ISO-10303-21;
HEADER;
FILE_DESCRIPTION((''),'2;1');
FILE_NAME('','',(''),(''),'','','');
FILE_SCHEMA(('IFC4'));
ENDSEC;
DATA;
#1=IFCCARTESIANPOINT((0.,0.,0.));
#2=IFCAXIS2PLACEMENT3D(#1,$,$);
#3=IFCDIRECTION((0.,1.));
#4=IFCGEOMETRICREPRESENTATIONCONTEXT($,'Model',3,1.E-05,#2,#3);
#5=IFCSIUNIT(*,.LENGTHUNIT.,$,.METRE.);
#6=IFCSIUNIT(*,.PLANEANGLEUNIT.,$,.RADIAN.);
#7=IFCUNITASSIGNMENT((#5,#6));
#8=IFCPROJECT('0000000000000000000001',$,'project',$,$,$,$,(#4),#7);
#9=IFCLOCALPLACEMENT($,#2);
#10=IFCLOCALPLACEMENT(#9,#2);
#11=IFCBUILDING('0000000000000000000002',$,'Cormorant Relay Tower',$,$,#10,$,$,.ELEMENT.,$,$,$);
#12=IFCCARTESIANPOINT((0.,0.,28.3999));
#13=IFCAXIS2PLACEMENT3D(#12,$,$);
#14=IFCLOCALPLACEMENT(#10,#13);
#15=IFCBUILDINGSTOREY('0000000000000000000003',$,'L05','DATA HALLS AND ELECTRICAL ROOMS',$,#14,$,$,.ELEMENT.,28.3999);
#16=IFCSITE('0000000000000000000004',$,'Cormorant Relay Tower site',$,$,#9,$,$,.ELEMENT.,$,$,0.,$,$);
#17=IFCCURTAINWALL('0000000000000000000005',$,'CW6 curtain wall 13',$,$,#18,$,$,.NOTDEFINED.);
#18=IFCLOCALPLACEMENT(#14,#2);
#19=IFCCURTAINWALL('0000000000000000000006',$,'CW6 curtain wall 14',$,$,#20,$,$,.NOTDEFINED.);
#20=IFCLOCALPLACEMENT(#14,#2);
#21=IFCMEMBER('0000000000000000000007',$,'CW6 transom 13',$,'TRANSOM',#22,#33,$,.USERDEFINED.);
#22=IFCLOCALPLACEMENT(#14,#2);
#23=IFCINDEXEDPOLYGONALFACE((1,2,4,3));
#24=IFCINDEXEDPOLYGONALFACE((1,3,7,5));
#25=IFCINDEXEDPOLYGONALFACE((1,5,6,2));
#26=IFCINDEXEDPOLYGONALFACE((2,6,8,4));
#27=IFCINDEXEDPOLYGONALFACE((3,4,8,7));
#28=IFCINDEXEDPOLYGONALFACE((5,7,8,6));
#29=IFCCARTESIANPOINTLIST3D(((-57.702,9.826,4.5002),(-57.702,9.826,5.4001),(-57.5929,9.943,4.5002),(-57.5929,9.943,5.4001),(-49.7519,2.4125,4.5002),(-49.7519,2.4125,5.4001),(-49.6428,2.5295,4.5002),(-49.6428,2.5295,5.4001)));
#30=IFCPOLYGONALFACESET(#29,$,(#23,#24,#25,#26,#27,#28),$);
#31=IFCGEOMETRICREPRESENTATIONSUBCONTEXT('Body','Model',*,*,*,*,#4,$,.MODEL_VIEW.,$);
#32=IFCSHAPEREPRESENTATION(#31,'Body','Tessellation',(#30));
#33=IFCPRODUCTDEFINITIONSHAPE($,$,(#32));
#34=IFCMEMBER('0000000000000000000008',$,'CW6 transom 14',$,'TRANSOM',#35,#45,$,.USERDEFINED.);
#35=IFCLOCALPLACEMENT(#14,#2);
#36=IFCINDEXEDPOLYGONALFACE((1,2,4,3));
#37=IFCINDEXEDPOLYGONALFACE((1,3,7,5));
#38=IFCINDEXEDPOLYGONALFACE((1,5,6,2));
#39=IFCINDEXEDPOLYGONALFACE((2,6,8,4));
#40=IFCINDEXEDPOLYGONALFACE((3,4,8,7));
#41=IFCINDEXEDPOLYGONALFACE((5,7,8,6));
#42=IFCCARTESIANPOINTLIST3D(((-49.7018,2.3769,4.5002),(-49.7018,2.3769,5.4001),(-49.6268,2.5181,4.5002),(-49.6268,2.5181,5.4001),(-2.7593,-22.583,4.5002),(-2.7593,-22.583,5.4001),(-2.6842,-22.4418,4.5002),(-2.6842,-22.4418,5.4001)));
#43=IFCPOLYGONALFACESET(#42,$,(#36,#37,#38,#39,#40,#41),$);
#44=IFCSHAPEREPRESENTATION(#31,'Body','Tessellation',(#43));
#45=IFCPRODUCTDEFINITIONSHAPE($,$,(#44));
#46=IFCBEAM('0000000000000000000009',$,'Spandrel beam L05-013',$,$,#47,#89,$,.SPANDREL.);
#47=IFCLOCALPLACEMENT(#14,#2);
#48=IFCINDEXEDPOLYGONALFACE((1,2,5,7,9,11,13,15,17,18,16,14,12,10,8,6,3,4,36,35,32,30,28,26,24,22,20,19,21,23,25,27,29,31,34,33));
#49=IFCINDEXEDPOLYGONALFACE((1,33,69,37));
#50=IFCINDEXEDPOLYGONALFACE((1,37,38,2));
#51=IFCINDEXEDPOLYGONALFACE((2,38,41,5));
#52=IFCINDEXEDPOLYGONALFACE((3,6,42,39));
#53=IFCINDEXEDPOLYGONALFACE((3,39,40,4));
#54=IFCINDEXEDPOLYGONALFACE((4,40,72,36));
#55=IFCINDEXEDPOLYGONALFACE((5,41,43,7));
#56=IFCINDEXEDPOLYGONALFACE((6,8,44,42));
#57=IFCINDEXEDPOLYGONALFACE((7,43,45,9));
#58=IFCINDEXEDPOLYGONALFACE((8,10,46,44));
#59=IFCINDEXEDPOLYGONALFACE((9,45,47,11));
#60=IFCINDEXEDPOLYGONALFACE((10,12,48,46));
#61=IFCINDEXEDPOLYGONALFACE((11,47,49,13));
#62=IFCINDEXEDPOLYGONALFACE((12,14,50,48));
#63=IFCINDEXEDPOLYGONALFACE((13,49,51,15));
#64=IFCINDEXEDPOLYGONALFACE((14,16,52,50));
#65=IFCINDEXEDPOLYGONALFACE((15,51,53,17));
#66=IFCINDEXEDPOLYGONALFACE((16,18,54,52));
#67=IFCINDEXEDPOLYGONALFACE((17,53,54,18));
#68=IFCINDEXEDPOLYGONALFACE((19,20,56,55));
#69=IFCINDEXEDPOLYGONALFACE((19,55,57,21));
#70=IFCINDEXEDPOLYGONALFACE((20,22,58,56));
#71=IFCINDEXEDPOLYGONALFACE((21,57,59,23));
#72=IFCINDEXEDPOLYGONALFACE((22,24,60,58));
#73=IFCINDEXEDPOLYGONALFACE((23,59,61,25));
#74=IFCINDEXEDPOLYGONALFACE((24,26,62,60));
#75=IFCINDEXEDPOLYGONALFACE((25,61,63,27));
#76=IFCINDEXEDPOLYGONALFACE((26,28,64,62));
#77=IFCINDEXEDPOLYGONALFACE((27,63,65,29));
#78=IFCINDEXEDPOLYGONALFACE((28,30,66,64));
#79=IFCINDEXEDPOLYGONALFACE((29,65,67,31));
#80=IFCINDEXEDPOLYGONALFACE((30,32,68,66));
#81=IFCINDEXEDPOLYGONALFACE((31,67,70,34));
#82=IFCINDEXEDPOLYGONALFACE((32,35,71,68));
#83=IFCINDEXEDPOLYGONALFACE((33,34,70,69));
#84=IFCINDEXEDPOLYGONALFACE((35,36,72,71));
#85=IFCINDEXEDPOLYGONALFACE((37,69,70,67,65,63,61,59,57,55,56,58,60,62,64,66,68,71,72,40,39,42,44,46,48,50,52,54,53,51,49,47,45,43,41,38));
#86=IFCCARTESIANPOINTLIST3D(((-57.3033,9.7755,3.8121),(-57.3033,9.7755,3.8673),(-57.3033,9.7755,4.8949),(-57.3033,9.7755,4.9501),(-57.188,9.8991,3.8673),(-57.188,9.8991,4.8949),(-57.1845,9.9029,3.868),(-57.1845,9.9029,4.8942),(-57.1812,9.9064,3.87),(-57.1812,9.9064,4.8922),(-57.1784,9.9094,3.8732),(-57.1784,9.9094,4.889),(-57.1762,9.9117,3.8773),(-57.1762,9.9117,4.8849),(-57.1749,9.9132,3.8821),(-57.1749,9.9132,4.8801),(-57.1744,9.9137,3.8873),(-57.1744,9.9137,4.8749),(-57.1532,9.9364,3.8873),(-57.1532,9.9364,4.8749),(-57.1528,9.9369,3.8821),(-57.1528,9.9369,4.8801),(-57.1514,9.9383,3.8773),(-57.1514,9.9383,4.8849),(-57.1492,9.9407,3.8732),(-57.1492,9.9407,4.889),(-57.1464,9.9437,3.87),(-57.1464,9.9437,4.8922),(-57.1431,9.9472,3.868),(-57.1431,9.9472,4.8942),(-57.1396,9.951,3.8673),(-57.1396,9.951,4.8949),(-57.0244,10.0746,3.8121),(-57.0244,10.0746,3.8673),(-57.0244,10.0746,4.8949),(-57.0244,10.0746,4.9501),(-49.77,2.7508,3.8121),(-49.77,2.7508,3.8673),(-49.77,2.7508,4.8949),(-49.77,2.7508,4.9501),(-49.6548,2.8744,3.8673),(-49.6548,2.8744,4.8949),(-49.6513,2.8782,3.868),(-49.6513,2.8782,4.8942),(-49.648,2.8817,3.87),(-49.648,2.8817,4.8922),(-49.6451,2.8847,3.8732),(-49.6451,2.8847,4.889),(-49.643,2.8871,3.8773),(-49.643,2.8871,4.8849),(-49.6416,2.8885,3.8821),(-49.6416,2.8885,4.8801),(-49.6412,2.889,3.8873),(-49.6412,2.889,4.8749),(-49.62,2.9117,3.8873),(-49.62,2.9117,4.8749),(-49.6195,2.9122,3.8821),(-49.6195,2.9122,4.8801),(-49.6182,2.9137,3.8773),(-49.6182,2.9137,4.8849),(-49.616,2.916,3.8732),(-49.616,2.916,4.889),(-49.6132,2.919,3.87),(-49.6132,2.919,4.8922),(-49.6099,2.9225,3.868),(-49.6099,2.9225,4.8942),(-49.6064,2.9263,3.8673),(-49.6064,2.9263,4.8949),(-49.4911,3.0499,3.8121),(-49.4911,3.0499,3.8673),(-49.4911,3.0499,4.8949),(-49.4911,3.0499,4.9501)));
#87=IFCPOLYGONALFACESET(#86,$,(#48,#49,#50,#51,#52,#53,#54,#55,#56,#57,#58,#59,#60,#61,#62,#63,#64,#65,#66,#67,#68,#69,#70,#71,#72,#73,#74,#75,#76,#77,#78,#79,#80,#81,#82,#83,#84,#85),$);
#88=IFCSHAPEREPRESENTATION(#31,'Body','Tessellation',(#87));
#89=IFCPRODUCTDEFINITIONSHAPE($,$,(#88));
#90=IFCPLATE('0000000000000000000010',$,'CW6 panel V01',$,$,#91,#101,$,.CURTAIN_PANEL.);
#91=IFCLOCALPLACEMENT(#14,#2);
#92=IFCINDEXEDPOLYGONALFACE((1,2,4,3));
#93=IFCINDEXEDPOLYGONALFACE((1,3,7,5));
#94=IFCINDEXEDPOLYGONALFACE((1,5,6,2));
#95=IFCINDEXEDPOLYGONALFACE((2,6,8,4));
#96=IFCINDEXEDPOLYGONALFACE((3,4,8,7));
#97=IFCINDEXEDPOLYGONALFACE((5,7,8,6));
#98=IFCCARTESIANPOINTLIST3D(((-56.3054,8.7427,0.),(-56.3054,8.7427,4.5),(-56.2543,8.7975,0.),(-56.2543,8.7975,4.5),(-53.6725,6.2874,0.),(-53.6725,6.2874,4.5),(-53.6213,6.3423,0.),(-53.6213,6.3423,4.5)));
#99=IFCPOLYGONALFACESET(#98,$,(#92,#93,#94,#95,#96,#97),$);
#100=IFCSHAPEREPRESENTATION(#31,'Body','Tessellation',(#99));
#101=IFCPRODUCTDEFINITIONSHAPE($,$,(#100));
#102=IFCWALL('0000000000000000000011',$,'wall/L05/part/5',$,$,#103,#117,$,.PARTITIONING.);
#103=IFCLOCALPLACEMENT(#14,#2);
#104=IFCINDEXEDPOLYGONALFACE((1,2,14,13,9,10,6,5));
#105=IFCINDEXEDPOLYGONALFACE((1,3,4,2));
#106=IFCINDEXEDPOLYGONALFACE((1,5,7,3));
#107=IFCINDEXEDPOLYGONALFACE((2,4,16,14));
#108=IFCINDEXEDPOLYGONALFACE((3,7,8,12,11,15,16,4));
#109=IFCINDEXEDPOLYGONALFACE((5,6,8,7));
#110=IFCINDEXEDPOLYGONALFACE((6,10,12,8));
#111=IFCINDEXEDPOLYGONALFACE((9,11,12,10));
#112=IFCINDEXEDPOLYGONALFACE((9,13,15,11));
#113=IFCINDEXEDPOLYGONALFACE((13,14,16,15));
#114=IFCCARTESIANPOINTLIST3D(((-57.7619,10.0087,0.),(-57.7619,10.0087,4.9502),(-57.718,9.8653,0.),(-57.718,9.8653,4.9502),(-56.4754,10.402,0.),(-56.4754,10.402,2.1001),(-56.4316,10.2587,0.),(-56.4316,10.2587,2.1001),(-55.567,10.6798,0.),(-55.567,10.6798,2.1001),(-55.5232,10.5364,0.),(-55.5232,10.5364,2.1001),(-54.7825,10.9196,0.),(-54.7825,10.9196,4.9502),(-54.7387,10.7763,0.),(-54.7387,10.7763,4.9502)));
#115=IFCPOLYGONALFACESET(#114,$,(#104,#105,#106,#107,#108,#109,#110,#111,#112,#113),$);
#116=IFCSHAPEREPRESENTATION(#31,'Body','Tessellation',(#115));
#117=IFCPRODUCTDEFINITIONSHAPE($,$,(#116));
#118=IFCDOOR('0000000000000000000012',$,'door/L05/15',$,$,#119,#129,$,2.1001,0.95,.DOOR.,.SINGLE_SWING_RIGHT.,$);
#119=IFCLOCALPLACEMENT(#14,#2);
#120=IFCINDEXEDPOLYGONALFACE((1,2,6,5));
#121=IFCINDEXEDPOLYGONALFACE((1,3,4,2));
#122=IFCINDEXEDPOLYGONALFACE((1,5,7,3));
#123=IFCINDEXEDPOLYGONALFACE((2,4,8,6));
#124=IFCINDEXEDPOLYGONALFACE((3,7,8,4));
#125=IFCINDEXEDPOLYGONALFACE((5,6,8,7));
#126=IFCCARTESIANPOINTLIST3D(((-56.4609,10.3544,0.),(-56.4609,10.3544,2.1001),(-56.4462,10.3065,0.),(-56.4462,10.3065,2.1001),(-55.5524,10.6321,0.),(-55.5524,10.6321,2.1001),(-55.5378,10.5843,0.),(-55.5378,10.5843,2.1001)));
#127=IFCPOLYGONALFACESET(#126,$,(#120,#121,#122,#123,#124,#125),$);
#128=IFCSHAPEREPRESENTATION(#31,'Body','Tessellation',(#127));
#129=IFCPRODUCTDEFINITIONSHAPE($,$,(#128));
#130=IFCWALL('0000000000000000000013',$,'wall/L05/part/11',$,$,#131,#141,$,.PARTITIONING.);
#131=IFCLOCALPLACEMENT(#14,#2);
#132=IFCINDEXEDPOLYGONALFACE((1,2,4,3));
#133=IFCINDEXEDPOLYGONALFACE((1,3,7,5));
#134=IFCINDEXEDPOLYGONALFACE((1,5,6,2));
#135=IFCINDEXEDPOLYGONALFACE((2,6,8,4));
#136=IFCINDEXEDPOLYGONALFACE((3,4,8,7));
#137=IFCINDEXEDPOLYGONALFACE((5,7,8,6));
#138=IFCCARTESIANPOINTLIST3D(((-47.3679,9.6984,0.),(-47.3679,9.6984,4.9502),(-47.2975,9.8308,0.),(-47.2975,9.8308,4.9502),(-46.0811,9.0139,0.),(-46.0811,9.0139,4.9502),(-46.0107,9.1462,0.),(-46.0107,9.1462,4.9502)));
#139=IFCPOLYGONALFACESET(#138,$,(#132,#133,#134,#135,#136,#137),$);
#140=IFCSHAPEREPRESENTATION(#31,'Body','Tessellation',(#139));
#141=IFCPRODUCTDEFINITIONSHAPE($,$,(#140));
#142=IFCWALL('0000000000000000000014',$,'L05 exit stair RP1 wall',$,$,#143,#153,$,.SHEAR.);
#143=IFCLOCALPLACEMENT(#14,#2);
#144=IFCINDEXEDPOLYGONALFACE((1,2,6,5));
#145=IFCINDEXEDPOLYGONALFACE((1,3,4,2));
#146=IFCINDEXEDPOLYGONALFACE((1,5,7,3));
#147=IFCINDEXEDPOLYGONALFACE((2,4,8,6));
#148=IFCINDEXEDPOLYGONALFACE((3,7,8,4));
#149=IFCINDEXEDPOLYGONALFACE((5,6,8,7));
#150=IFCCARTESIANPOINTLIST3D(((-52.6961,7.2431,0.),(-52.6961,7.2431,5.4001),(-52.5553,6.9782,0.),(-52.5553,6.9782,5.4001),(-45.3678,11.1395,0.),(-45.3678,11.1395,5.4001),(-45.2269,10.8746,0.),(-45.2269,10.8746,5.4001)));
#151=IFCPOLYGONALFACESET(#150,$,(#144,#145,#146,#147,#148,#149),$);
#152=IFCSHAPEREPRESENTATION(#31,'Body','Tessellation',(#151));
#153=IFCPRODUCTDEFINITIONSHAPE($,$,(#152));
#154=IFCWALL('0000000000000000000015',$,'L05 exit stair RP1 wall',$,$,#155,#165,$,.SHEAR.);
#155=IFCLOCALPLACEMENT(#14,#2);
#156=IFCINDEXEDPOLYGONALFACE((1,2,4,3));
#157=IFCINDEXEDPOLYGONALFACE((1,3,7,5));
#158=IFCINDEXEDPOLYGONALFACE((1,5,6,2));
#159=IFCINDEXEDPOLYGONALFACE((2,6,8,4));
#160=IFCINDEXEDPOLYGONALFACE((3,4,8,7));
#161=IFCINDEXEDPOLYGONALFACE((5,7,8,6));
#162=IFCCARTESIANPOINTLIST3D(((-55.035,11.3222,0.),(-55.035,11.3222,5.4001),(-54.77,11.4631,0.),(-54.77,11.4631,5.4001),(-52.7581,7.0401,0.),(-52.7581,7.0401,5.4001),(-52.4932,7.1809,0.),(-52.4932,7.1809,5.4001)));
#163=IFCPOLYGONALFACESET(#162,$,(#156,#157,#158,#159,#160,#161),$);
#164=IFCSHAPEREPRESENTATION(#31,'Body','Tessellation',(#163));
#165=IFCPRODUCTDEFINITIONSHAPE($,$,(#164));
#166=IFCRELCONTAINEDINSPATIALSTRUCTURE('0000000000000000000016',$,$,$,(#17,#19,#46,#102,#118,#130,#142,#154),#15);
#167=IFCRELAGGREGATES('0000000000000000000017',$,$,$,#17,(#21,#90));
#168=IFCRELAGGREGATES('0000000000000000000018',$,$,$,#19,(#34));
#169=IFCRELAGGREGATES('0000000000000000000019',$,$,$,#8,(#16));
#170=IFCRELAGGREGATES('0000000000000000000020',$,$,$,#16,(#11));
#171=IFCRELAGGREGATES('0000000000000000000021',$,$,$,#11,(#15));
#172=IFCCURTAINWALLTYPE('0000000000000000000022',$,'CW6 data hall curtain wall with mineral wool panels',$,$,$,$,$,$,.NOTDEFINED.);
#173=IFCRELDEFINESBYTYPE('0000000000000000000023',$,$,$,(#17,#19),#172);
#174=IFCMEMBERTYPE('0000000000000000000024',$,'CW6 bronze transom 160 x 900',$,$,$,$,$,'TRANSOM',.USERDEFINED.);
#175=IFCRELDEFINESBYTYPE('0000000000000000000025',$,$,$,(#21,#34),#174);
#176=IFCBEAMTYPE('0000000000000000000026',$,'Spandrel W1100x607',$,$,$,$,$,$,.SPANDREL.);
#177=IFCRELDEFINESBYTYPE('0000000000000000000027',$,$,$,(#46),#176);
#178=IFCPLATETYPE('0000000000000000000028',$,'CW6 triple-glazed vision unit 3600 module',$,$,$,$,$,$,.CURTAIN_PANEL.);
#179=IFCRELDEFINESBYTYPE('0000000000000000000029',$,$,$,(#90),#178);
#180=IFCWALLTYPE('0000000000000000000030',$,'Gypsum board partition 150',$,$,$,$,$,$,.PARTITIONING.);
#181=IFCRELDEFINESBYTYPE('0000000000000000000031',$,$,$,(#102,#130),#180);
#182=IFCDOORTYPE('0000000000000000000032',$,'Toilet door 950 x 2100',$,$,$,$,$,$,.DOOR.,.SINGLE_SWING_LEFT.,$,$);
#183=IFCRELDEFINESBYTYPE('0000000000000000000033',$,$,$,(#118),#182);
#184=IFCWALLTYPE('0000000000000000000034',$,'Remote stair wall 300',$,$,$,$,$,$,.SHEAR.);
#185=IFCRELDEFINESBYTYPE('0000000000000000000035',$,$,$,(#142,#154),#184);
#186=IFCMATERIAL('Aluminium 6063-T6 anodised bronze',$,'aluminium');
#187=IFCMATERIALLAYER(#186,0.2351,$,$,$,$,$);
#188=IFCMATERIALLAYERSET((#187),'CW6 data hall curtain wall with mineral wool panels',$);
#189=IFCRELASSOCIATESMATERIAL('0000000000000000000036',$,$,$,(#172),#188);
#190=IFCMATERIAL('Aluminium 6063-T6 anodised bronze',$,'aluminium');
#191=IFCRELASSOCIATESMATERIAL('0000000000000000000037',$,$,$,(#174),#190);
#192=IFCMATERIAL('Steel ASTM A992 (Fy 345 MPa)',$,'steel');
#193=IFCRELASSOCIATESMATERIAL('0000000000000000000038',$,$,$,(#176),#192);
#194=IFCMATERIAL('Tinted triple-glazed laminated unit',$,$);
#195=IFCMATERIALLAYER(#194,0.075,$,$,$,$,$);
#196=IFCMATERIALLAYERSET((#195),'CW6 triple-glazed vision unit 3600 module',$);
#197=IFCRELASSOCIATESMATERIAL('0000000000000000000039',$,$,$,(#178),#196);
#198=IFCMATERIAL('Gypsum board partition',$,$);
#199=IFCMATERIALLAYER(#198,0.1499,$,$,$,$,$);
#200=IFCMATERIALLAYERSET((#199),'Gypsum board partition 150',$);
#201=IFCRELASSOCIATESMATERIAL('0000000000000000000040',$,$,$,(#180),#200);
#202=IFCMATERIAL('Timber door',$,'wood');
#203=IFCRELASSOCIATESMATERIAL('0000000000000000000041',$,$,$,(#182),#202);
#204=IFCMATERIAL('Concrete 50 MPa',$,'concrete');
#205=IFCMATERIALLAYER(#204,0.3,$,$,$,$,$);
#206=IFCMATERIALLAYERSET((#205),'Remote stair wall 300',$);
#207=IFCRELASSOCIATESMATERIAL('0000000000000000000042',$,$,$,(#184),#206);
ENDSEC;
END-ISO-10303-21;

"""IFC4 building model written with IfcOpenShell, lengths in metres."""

from ifc_helpers import new_model, si_unit, direction, frame, frame_2d, origin, origin_2d, place, context, subcontext, project, spatial, rectangle, i_section, extrude, material, layer, layer_set, material_profile, profile_set, type_object, element, fill, aggregate, save


model = new_model("IFC4")

# Units and contexts
model_context = context("Model", 3, precision=1e-05, world=origin(), true_north=direction((0.0, 1.0)))
body_context = subcontext(model_context, "Body", "Model", "MODEL_VIEW")
ifc_project = project(units=[si_unit("LENGTHUNIT", "METRE"), si_unit("PLANEANGLEUNIT", "RADIAN")], contexts=[model_context])

# Site, building, storey
site_placement = place(None, origin())
site = spatial("IfcSite", under=ifc_project, at=site_placement, Name="Cormorant Relay Tower site", CompositionType="ELEMENT", RefElevation=0.0)
building_placement = place(site_placement, origin())
building = spatial("IfcBuilding", under=site, at=building_placement, Name="Cormorant Relay Tower", CompositionType="ELEMENT")
storey_placement = place(building_placement, frame((0.0, 0.0, 28.3999)))
storey = spatial("IfcBuildingStorey", under=building, at=storey_placement, Name="L05", Description="DATA HALLS AND ELECTRICAL ROOMS", CompositionType="ELEMENT", Elevation=28.3999)

# Curtain walls
ifc_material_1 = material(Name="Aluminium 6063-T6 anodised bronze", Category="aluminium")
ifc_layer_1 = layer(ifc_material_1, 0.2351)
ifc_layer_set_1 = layer_set([ifc_layer_1], Name="CW6 data hall curtain wall with mineral wool panels")
curtain_wall_type = type_object("IfcCurtainWallType", Name="CW6 data hall curtain wall with mineral wool panels", PredefinedType="NOTDEFINED", material=ifc_layer_set_1)
curtain_wall_1_placement = place(storey_placement, origin())
curtain_wall_1 = element("IfcCurtainWall", 1, at=curtain_wall_1_placement, inside=storey, type_object=curtain_wall_type, Name="CW6 curtain wall 13", PredefinedType="NOTDEFINED")
curtain_wall_2_placement = place(storey_placement, origin())
curtain_wall_2 = element("IfcCurtainWall", 2, at=curtain_wall_2_placement, inside=storey, type_object=curtain_wall_type, Name="CW6 curtain wall 14", PredefinedType="NOTDEFINED")

# Members
ifc_material_2 = material(Name="Aluminium 6063-T6 anodised bronze", Category="aluminium")
ifc_material_profile_1 = material_profile(ifc_material_2, rectangle(XDim=0.1599, YDim=0.8999, at=origin_2d()), Name="AL 160x900")
ifc_profile_set_1 = profile_set([ifc_material_profile_1], Name="Aluminium 6063-T6 anodised bronze")
member_type_1 = type_object("IfcMemberType", Name="CW6 bronze transom 160 x 900", ElementType="TRANSOM", PredefinedType="USERDEFINED", material=ifc_profile_set_1)
member_1_placement = place(storey_placement, frame((-57.6475, 9.8845, 4.9502), z_axis=(0.731358, -0.681993, 0.0), x_axis=(0.681993, 0.731358, 0.0)))
member_1 = element("IfcMember", 3, at=member_1_placement, type_object=member_type_1, Name="CW6 transom 13", ObjectType="TRANSOM", PredefinedType="USERDEFINED", context=body_context, shape_type="SweptSolid", body=[
    extrude(rectangle(XDim=0.1599, YDim=0.8999, at=origin_2d()), origin(), (0.0, 0.0, 1.0), 10.8704),
])
member_2_placement = place(storey_placement, frame((-49.6643, 2.4475, 4.9502), z_axis=(0.882947, -0.469473, 0.0), x_axis=(0.469473, 0.882947, 0.0)))
member_2 = element("IfcMember", 4, at=member_2_placement, type_object=member_type_1, Name="CW6 transom 14", ObjectType="TRANSOM", PredefinedType="USERDEFINED", context=body_context, shape_type="SweptSolid", body=[
    extrude(rectangle(XDim=0.1599, YDim=0.8999, at=origin_2d()), origin(), (0.0, 0.0, 1.0), 53.1658),
])

# Beam
ifc_material_3 = material(Name="Steel ASTM A992 (Fy 345 MPa)", Category="steel")
ifc_material_profile_2 = material_profile(ifc_material_3, i_section(OverallWidth=0.4089, OverallDepth=1.1379, WebThickness=0.031, FlangeThickness=0.0552, FilletRadius=0.02, at=origin_2d()), Name="W1100x607")
ifc_profile_set_2 = profile_set([ifc_material_profile_2], Name="Steel ASTM A992 (Fy 345 MPa)")
beam_type = type_object("IfcBeamType", Name="Spandrel W1100x607", PredefinedType="SPANDREL", material=ifc_profile_set_2)
beam_placement = place(storey_placement, frame((-57.1638, 9.925, 4.3811), z_axis=(0.731362, -0.68199, 0.0), x_axis=(0.68199, 0.731362, 0.0)))
element("IfcBeam", 5, at=beam_placement, inside=storey, type_object=beam_type, Name="Spandrel beam L05-013", PredefinedType="SPANDREL", context=body_context, shape_type="SweptSolid", body=[
    extrude(i_section(OverallWidth=0.4089, OverallDepth=1.1379, WebThickness=0.031, FlangeThickness=0.0552, FilletRadius=0.02, at=origin_2d()), origin(), (0.0, 0.0, 1.0), 10.3003),
])

# Plate
ifc_material_4 = material(Name="Tinted triple-glazed laminated unit")
ifc_layer_2 = layer(ifc_material_4, 0.075)
ifc_layer_set_2 = layer_set([ifc_layer_2], Name="CW6 triple-glazed vision unit 3600 module")
plate_type = type_object("IfcPlateType", Name="CW6 triple-glazed vision unit 3600 module", PredefinedType="CURTAIN_PANEL", material=ifc_layer_set_2)
plate_placement = place(storey_placement, frame((-54.9634, 7.5425, 0.0), z_axis=(0.0, 0.0, 1.0), x_axis=(0.731354, -0.681998, 0.0)))
plate = element("IfcPlate", 6, at=plate_placement, type_object=plate_type, Name="CW6 panel V01", PredefinedType="CURTAIN_PANEL", context=body_context, shape_type="SweptSolid", body=[
    extrude(rectangle(XDim=3.6001, YDim=0.075, at=origin_2d()), origin(), (0.0, 0.0, 1.0), 4.5),
])

# Wall, opening, door
ifc_material_5 = material(Name="Gypsum board partition")
ifc_layer_3 = layer(ifc_material_5, 0.1499)
ifc_layer_set_3 = layer_set([ifc_layer_3], Name="Gypsum board partition 150")
wall_type_1 = type_object("IfcWallType", Name="Gypsum board partition 150", PredefinedType="PARTITIONING", material=ifc_layer_set_3)
wall_1_placement = place(storey_placement, frame((-54.7607, 10.8479, 0.0), z_axis=(0.0, 0.0, 1.0), x_axis=(-0.956301, -0.292384, 0.0)))
wall_1 = element("IfcWall", 7, at=wall_1_placement, inside=storey, type_object=wall_type_1, Name="wall/L05/part/5", PredefinedType="PARTITIONING", context=body_context, shape_type="SweptSolid", body=[
    extrude(rectangle(XDim=3.1155, YDim=0.1499, at=frame_2d((1.5576, 0.0))), origin(), (0.0, 0.0, 1.0), 4.9502),
])
opening_1_placement = place(wall_1_placement, frame((0.8201, 0.0, 0.0)))
opening_1 = element("IfcOpeningElement", 8, at=opening_1_placement, cuts=wall_1, PredefinedType="OPENING", context=body_context, shape_type="SweptSolid", body=[
    extrude(rectangle(XDim=0.95, YDim=2.1001, at=frame_2d((0.4751, 1.05))), frame((0.0, 0.085, 0.0), z_axis=(0.0, -1.0, 0.0), x_axis=(1.0, 0.0, 0.0)), (0.0, 0.0, 1.0), 0.1699),
])
ifc_material_6 = material(Name="Timber door", Category="wood")
door_type_1 = type_object("IfcDoorType", Name="Toilet door 950 x 2100", OperationType="SINGLE_SWING_LEFT", PredefinedType="DOOR", material=ifc_material_6)
door_1_placement = place(opening_1_placement, origin())
door_1 = element("IfcDoor", 9, at=door_1_placement, inside=storey, type_object=door_type_1, Name="door/L05/15", OperationType="SINGLE_SWING_RIGHT", OverallHeight=2.1001, OverallWidth=0.95, PredefinedType="DOOR", context=body_context, shape_type="SweptSolid", body=[
    extrude(rectangle(XDim=0.95, YDim=2.1001, at=frame_2d((0.4751, 1.05))), frame((0.0, 0.0249, 0.0), z_axis=(0.0, -1.0, 0.0), x_axis=(1.0, 0.0, 0.0)), (0.0, 0.0, 1.0), 0.05),
])
fill(opening_1, door_1)

# Walls
wall_2_placement = place(storey_placement, frame((-46.0459, 9.0801, 0.0), z_axis=(0.0, 0.0, 1.0), x_axis=(-0.882853, 0.469649, 0.0)))
element("IfcWall", 10, at=wall_2_placement, inside=storey, type_object=wall_type_1, Name="wall/L05/part/11", PredefinedType="PARTITIONING", context=body_context, shape_type="SweptSolid", body=[
    extrude(rectangle(XDim=1.4575, YDim=0.1499, at=frame_2d((0.7288, 0.0))), origin(), (0.0, 0.0, 1.0), 4.9502),
])
ifc_material_7 = material(Name="Concrete 50 MPa", Category="concrete")
ifc_layer_4 = layer(ifc_material_7, 0.3)
ifc_layer_set_4 = layer_set([ifc_layer_4], Name="Remote stair wall 300")
wall_type_2 = type_object("IfcWallType", Name="Remote stair wall 300", PredefinedType="SHEAR", material=ifc_layer_set_4)
wall_3_placement = place(storey_placement, frame((-45.2974, 11.0071, 0.0), z_axis=(0.0, 0.0, 1.0), x_axis=(-0.882952, -0.469464, 0.0)))
element("IfcWall", 11, at=wall_3_placement, inside=storey, type_object=wall_type_2, Name="L05 exit stair RP1 wall", PredefinedType="SHEAR", context=body_context, shape_type="SweptSolid", body=[
    extrude(rectangle(XDim=8.2998, YDim=0.3, at=frame_2d((4.1499, 0.0))), origin(), (0.0, 0.0, 1.0), 5.4001),
])
wall_4_placement = place(storey_placement, frame((-52.6257, 7.1106, 0.0), z_axis=(0.0, 0.0, 1.0), x_axis=(-0.469464, 0.882951, 0.0)))
element("IfcWall", 12, at=wall_4_placement, inside=storey, type_object=wall_type_2, Name="L05 exit stair RP1 wall", PredefinedType="SHEAR", context=body_context, shape_type="SweptSolid", body=[
    extrude(rectangle(XDim=4.8499, YDim=0.3, at=frame_2d((2.4248, 0.0))), origin(), (0.0, 0.0, 1.0), 5.4001),
])

aggregate(curtain_wall_1, [member_1, plate])
aggregate(curtain_wall_2, [member_2])

save(model, "model.ifc")
